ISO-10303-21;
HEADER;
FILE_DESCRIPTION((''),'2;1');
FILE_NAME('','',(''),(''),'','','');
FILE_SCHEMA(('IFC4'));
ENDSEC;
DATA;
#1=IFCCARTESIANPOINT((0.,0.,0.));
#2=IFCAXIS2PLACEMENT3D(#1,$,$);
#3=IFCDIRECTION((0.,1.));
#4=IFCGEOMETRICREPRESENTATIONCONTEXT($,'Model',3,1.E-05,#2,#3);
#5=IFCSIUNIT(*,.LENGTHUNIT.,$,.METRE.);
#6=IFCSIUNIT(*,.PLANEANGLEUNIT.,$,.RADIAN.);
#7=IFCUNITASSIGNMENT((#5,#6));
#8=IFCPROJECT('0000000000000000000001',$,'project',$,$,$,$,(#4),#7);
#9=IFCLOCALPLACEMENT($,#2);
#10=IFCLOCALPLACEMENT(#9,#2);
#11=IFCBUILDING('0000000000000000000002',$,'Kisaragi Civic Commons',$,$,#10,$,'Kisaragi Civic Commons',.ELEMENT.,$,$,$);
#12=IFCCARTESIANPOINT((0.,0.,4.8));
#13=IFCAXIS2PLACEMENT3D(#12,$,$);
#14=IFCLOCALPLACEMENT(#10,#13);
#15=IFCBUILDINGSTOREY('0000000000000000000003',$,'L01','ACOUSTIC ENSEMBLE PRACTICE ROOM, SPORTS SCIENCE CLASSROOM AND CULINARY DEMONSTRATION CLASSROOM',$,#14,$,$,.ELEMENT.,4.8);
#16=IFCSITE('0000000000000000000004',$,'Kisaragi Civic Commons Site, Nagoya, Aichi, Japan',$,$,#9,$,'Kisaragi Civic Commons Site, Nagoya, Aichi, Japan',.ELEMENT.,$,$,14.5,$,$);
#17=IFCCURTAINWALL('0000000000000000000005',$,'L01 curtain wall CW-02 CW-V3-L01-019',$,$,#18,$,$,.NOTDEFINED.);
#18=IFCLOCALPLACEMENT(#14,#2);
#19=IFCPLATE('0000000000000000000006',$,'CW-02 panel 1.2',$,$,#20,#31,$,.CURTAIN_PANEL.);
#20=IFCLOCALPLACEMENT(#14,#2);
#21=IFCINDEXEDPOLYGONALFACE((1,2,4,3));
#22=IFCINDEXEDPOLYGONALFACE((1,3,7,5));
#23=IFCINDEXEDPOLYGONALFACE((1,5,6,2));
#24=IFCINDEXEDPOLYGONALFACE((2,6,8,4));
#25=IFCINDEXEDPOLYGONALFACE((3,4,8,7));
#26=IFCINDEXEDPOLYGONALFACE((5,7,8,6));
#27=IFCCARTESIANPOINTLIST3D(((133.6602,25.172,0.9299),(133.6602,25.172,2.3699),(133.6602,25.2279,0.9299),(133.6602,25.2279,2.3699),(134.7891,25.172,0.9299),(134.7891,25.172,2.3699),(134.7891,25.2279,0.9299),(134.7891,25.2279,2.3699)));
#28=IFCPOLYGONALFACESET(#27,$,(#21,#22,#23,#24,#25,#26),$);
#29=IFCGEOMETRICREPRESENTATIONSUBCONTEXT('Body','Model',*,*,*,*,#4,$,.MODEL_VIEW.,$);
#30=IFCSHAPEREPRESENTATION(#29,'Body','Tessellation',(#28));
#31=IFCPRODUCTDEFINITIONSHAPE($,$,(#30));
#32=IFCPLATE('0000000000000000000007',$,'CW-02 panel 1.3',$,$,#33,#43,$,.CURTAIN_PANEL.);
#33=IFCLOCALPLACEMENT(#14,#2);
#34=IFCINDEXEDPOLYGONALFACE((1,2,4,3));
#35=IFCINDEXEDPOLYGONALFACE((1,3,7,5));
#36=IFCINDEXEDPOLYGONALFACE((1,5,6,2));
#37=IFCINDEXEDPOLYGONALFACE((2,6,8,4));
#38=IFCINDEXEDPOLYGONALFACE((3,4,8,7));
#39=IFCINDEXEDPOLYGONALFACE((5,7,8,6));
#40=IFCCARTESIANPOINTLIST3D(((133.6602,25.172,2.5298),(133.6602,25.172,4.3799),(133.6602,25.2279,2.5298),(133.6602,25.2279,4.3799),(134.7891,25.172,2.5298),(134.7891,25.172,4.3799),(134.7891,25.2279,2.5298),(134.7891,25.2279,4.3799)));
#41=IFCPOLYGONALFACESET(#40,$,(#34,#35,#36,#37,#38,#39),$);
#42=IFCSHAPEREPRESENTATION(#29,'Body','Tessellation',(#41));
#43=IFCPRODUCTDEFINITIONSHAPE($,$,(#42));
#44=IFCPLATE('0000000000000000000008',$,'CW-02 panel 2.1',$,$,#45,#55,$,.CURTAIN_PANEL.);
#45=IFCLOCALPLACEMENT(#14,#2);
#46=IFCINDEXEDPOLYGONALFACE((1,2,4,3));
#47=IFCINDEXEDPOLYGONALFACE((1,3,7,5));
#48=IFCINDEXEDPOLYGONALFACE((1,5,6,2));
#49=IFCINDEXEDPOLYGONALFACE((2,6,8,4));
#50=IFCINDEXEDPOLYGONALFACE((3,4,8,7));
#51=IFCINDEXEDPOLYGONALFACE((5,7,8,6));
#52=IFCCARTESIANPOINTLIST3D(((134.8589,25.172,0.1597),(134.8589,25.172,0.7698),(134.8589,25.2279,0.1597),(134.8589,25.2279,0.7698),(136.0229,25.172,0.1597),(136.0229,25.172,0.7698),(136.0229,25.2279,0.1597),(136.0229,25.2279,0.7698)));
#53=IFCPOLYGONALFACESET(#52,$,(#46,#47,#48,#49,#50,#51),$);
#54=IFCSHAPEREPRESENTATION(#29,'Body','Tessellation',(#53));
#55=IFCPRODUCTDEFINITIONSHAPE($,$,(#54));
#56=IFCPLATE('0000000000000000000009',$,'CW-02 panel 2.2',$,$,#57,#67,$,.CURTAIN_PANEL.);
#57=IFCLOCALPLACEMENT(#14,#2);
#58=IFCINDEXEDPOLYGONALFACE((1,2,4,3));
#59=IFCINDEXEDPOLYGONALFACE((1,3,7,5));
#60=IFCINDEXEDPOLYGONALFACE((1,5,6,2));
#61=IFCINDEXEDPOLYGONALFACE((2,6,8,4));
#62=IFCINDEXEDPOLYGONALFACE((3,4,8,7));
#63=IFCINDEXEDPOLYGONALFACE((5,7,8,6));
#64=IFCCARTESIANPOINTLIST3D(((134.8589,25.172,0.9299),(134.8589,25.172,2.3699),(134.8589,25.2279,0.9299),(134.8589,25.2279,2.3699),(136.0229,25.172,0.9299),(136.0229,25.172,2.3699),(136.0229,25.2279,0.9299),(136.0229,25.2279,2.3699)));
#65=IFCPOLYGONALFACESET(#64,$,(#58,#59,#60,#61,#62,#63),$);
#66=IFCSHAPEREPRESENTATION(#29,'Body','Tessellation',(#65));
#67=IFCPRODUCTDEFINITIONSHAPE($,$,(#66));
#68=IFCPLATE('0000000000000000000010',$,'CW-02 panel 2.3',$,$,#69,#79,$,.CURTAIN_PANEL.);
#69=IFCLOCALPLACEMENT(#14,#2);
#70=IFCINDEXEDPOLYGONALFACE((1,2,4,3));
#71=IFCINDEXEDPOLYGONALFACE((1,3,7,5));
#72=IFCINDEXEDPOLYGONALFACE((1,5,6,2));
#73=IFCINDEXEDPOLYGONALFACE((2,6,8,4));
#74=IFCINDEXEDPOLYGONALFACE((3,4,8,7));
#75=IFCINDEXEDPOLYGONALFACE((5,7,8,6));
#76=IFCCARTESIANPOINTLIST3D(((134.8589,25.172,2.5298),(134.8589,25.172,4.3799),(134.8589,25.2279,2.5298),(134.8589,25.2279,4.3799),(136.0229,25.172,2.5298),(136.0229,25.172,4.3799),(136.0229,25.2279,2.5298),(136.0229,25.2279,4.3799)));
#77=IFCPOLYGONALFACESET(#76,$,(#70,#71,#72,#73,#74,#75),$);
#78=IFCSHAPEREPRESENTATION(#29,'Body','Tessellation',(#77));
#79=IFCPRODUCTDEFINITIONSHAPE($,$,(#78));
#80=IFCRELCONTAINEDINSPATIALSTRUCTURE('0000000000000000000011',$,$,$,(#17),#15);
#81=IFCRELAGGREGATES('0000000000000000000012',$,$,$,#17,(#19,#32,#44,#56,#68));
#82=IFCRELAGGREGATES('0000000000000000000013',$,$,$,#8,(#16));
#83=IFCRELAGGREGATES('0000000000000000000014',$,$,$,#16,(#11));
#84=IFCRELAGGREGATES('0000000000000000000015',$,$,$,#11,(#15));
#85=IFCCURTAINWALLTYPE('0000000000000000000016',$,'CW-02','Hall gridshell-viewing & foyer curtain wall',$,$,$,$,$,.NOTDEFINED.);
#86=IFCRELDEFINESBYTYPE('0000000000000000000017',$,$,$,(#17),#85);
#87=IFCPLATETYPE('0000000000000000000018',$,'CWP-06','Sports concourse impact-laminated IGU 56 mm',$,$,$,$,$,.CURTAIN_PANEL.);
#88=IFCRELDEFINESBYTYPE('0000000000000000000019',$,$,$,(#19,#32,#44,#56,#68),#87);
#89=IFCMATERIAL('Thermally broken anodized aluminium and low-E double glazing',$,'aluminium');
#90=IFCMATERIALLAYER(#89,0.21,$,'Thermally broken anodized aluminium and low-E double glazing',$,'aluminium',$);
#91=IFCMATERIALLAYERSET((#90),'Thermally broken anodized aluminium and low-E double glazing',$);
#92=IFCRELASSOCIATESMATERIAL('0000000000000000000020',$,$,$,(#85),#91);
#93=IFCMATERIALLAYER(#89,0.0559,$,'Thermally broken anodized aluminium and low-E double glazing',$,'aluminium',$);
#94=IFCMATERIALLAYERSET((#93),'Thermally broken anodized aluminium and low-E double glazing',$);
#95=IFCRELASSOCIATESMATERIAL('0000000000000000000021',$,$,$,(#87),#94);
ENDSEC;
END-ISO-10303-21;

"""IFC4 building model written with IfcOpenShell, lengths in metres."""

from ifc_helpers import new_model, si_unit, direction, frame, origin, origin_2d, place, context, subcontext, project, spatial, rectangle, extrude, material, layer, layer_set, type_object, element, aggregate, save


model = new_model("IFC4")

# Units and contexts
model_context = context("Model", 3, precision=1e-05, world=origin(), true_north=direction((0.0, 1.0)))
body_context = subcontext(model_context, "Body", "Model", "MODEL_VIEW")
ifc_project = project(units=[si_unit("LENGTHUNIT", "METRE"), si_unit("PLANEANGLEUNIT", "RADIAN")], contexts=[model_context])

# Site, building, storey
site_placement = place(None, origin())
site = spatial("IfcSite", under=ifc_project, at=site_placement, Name="Kisaragi Civic Commons Site, Nagoya, Aichi, Japan", LongName="Kisaragi Civic Commons Site, Nagoya, Aichi, Japan", CompositionType="ELEMENT", RefElevation=14.5)
building_placement = place(site_placement, origin())
building = spatial("IfcBuilding", under=site, at=building_placement, Name="Kisaragi Civic Commons", LongName="Kisaragi Civic Commons", CompositionType="ELEMENT")
storey_placement = place(building_placement, frame((0.0, 0.0, 4.8)))
storey = spatial("IfcBuildingStorey", under=building, at=storey_placement, Name="L01", Description="ACOUSTIC ENSEMBLE PRACTICE ROOM, SPORTS SCIENCE CLASSROOM AND CULINARY DEMONSTRATION CLASSROOM", CompositionType="ELEMENT", Elevation=4.8)

# Curtain wall
ifc_material_1 = material(Name="Thermally broken anodized aluminium and low-E double glazing", Category="aluminium")
ifc_layer_1 = layer(ifc_material_1, 0.21, Name="Thermally broken anodized aluminium and low-E double glazing", Category="aluminium")
ifc_layer_set_1 = layer_set([ifc_layer_1], Name="Thermally broken anodized aluminium and low-E double glazing")
curtain_wall_type = type_object("IfcCurtainWallType", Name="CW-02", Description="Hall gridshell-viewing & foyer curtain wall", PredefinedType="NOTDEFINED", material=ifc_layer_set_1)
curtain_wall_placement = place(storey_placement, origin())
curtain_wall = element("IfcCurtainWall", 1, at=curtain_wall_placement, inside=storey, type_object=curtain_wall_type, Name="L01 curtain wall CW-02 CW-V3-L01-019", PredefinedType="NOTDEFINED")

# Plates
ifc_layer_2 = layer(ifc_material_1, 0.0559, Name="Thermally broken anodized aluminium and low-E double glazing", Category="aluminium")
ifc_layer_set_2 = layer_set([ifc_layer_2], Name="Thermally broken anodized aluminium and low-E double glazing")
plate_type = type_object("IfcPlateType", Name="CWP-06", Description="Sports concourse impact-laminated IGU 56 mm", PredefinedType="CURTAIN_PANEL", material=ifc_layer_set_2)
plate_1_placement = place(storey_placement, frame((134.2246, 25.2, 0.9299), z_axis=(0.0, 0.0, 1.0), x_axis=(1.0, 0.0, 0.0)))
plate_1 = element("IfcPlate", 2, at=plate_1_placement, type_object=plate_type, Name="CW-02 panel 1.2", PredefinedType="CURTAIN_PANEL", context=body_context, shape_type="SweptSolid", body=[
    extrude(rectangle(XDim=1.1289, YDim=0.0559, at=origin_2d()), origin(), (0.0, 0.0, 1.0), 1.4399),
])
plate_2_placement = place(storey_placement, frame((134.2246, 25.2, 2.5298), z_axis=(0.0, 0.0, 1.0), x_axis=(1.0, 0.0, 0.0)))
plate_2 = element("IfcPlate", 3, at=plate_2_placement, type_object=plate_type, Name="CW-02 panel 1.3", PredefinedType="CURTAIN_PANEL", context=body_context, shape_type="SweptSolid", body=[
    extrude(rectangle(XDim=1.1289, YDim=0.0559, at=origin_2d()), origin(), (0.0, 0.0, 1.0), 1.8501),
])
plate_3_placement = place(storey_placement, frame((135.4409, 25.2, 0.1597), z_axis=(0.0, 0.0, 1.0), x_axis=(1.0, 0.0, 0.0)))
plate_3 = element("IfcPlate", 4, at=plate_3_placement, type_object=plate_type, Name="CW-02 panel 2.1", PredefinedType="CURTAIN_PANEL", context=body_context, shape_type="SweptSolid", body=[
    extrude(rectangle(XDim=1.1641, YDim=0.0559, at=origin_2d()), origin(), (0.0, 0.0, 1.0), 0.6101),
])
plate_4_placement = place(storey_placement, frame((135.4409, 25.2, 0.9299), z_axis=(0.0, 0.0, 1.0), x_axis=(1.0, 0.0, 0.0)))
plate_4 = element("IfcPlate", 5, at=plate_4_placement, type_object=plate_type, Name="CW-02 panel 2.2", PredefinedType="CURTAIN_PANEL", context=body_context, shape_type="SweptSolid", body=[
    extrude(rectangle(XDim=1.1641, YDim=0.0559, at=origin_2d()), origin(), (0.0, 0.0, 1.0), 1.4399),
])
plate_5_placement = place(storey_placement, frame((135.4409, 25.2, 2.5298), z_axis=(0.0, 0.0, 1.0), x_axis=(1.0, 0.0, 0.0)))
plate_5 = element("IfcPlate", 6, at=plate_5_placement, type_object=plate_type, Name="CW-02 panel 2.3", PredefinedType="CURTAIN_PANEL", context=body_context, shape_type="SweptSolid", body=[
    extrude(rectangle(XDim=1.1641, YDim=0.0559, at=origin_2d()), origin(), (0.0, 0.0, 1.0), 1.8501),
])
aggregate(curtain_wall, [plate_1, plate_2, plate_3, plate_4, plate_5])

save(model, "model.ifc")
